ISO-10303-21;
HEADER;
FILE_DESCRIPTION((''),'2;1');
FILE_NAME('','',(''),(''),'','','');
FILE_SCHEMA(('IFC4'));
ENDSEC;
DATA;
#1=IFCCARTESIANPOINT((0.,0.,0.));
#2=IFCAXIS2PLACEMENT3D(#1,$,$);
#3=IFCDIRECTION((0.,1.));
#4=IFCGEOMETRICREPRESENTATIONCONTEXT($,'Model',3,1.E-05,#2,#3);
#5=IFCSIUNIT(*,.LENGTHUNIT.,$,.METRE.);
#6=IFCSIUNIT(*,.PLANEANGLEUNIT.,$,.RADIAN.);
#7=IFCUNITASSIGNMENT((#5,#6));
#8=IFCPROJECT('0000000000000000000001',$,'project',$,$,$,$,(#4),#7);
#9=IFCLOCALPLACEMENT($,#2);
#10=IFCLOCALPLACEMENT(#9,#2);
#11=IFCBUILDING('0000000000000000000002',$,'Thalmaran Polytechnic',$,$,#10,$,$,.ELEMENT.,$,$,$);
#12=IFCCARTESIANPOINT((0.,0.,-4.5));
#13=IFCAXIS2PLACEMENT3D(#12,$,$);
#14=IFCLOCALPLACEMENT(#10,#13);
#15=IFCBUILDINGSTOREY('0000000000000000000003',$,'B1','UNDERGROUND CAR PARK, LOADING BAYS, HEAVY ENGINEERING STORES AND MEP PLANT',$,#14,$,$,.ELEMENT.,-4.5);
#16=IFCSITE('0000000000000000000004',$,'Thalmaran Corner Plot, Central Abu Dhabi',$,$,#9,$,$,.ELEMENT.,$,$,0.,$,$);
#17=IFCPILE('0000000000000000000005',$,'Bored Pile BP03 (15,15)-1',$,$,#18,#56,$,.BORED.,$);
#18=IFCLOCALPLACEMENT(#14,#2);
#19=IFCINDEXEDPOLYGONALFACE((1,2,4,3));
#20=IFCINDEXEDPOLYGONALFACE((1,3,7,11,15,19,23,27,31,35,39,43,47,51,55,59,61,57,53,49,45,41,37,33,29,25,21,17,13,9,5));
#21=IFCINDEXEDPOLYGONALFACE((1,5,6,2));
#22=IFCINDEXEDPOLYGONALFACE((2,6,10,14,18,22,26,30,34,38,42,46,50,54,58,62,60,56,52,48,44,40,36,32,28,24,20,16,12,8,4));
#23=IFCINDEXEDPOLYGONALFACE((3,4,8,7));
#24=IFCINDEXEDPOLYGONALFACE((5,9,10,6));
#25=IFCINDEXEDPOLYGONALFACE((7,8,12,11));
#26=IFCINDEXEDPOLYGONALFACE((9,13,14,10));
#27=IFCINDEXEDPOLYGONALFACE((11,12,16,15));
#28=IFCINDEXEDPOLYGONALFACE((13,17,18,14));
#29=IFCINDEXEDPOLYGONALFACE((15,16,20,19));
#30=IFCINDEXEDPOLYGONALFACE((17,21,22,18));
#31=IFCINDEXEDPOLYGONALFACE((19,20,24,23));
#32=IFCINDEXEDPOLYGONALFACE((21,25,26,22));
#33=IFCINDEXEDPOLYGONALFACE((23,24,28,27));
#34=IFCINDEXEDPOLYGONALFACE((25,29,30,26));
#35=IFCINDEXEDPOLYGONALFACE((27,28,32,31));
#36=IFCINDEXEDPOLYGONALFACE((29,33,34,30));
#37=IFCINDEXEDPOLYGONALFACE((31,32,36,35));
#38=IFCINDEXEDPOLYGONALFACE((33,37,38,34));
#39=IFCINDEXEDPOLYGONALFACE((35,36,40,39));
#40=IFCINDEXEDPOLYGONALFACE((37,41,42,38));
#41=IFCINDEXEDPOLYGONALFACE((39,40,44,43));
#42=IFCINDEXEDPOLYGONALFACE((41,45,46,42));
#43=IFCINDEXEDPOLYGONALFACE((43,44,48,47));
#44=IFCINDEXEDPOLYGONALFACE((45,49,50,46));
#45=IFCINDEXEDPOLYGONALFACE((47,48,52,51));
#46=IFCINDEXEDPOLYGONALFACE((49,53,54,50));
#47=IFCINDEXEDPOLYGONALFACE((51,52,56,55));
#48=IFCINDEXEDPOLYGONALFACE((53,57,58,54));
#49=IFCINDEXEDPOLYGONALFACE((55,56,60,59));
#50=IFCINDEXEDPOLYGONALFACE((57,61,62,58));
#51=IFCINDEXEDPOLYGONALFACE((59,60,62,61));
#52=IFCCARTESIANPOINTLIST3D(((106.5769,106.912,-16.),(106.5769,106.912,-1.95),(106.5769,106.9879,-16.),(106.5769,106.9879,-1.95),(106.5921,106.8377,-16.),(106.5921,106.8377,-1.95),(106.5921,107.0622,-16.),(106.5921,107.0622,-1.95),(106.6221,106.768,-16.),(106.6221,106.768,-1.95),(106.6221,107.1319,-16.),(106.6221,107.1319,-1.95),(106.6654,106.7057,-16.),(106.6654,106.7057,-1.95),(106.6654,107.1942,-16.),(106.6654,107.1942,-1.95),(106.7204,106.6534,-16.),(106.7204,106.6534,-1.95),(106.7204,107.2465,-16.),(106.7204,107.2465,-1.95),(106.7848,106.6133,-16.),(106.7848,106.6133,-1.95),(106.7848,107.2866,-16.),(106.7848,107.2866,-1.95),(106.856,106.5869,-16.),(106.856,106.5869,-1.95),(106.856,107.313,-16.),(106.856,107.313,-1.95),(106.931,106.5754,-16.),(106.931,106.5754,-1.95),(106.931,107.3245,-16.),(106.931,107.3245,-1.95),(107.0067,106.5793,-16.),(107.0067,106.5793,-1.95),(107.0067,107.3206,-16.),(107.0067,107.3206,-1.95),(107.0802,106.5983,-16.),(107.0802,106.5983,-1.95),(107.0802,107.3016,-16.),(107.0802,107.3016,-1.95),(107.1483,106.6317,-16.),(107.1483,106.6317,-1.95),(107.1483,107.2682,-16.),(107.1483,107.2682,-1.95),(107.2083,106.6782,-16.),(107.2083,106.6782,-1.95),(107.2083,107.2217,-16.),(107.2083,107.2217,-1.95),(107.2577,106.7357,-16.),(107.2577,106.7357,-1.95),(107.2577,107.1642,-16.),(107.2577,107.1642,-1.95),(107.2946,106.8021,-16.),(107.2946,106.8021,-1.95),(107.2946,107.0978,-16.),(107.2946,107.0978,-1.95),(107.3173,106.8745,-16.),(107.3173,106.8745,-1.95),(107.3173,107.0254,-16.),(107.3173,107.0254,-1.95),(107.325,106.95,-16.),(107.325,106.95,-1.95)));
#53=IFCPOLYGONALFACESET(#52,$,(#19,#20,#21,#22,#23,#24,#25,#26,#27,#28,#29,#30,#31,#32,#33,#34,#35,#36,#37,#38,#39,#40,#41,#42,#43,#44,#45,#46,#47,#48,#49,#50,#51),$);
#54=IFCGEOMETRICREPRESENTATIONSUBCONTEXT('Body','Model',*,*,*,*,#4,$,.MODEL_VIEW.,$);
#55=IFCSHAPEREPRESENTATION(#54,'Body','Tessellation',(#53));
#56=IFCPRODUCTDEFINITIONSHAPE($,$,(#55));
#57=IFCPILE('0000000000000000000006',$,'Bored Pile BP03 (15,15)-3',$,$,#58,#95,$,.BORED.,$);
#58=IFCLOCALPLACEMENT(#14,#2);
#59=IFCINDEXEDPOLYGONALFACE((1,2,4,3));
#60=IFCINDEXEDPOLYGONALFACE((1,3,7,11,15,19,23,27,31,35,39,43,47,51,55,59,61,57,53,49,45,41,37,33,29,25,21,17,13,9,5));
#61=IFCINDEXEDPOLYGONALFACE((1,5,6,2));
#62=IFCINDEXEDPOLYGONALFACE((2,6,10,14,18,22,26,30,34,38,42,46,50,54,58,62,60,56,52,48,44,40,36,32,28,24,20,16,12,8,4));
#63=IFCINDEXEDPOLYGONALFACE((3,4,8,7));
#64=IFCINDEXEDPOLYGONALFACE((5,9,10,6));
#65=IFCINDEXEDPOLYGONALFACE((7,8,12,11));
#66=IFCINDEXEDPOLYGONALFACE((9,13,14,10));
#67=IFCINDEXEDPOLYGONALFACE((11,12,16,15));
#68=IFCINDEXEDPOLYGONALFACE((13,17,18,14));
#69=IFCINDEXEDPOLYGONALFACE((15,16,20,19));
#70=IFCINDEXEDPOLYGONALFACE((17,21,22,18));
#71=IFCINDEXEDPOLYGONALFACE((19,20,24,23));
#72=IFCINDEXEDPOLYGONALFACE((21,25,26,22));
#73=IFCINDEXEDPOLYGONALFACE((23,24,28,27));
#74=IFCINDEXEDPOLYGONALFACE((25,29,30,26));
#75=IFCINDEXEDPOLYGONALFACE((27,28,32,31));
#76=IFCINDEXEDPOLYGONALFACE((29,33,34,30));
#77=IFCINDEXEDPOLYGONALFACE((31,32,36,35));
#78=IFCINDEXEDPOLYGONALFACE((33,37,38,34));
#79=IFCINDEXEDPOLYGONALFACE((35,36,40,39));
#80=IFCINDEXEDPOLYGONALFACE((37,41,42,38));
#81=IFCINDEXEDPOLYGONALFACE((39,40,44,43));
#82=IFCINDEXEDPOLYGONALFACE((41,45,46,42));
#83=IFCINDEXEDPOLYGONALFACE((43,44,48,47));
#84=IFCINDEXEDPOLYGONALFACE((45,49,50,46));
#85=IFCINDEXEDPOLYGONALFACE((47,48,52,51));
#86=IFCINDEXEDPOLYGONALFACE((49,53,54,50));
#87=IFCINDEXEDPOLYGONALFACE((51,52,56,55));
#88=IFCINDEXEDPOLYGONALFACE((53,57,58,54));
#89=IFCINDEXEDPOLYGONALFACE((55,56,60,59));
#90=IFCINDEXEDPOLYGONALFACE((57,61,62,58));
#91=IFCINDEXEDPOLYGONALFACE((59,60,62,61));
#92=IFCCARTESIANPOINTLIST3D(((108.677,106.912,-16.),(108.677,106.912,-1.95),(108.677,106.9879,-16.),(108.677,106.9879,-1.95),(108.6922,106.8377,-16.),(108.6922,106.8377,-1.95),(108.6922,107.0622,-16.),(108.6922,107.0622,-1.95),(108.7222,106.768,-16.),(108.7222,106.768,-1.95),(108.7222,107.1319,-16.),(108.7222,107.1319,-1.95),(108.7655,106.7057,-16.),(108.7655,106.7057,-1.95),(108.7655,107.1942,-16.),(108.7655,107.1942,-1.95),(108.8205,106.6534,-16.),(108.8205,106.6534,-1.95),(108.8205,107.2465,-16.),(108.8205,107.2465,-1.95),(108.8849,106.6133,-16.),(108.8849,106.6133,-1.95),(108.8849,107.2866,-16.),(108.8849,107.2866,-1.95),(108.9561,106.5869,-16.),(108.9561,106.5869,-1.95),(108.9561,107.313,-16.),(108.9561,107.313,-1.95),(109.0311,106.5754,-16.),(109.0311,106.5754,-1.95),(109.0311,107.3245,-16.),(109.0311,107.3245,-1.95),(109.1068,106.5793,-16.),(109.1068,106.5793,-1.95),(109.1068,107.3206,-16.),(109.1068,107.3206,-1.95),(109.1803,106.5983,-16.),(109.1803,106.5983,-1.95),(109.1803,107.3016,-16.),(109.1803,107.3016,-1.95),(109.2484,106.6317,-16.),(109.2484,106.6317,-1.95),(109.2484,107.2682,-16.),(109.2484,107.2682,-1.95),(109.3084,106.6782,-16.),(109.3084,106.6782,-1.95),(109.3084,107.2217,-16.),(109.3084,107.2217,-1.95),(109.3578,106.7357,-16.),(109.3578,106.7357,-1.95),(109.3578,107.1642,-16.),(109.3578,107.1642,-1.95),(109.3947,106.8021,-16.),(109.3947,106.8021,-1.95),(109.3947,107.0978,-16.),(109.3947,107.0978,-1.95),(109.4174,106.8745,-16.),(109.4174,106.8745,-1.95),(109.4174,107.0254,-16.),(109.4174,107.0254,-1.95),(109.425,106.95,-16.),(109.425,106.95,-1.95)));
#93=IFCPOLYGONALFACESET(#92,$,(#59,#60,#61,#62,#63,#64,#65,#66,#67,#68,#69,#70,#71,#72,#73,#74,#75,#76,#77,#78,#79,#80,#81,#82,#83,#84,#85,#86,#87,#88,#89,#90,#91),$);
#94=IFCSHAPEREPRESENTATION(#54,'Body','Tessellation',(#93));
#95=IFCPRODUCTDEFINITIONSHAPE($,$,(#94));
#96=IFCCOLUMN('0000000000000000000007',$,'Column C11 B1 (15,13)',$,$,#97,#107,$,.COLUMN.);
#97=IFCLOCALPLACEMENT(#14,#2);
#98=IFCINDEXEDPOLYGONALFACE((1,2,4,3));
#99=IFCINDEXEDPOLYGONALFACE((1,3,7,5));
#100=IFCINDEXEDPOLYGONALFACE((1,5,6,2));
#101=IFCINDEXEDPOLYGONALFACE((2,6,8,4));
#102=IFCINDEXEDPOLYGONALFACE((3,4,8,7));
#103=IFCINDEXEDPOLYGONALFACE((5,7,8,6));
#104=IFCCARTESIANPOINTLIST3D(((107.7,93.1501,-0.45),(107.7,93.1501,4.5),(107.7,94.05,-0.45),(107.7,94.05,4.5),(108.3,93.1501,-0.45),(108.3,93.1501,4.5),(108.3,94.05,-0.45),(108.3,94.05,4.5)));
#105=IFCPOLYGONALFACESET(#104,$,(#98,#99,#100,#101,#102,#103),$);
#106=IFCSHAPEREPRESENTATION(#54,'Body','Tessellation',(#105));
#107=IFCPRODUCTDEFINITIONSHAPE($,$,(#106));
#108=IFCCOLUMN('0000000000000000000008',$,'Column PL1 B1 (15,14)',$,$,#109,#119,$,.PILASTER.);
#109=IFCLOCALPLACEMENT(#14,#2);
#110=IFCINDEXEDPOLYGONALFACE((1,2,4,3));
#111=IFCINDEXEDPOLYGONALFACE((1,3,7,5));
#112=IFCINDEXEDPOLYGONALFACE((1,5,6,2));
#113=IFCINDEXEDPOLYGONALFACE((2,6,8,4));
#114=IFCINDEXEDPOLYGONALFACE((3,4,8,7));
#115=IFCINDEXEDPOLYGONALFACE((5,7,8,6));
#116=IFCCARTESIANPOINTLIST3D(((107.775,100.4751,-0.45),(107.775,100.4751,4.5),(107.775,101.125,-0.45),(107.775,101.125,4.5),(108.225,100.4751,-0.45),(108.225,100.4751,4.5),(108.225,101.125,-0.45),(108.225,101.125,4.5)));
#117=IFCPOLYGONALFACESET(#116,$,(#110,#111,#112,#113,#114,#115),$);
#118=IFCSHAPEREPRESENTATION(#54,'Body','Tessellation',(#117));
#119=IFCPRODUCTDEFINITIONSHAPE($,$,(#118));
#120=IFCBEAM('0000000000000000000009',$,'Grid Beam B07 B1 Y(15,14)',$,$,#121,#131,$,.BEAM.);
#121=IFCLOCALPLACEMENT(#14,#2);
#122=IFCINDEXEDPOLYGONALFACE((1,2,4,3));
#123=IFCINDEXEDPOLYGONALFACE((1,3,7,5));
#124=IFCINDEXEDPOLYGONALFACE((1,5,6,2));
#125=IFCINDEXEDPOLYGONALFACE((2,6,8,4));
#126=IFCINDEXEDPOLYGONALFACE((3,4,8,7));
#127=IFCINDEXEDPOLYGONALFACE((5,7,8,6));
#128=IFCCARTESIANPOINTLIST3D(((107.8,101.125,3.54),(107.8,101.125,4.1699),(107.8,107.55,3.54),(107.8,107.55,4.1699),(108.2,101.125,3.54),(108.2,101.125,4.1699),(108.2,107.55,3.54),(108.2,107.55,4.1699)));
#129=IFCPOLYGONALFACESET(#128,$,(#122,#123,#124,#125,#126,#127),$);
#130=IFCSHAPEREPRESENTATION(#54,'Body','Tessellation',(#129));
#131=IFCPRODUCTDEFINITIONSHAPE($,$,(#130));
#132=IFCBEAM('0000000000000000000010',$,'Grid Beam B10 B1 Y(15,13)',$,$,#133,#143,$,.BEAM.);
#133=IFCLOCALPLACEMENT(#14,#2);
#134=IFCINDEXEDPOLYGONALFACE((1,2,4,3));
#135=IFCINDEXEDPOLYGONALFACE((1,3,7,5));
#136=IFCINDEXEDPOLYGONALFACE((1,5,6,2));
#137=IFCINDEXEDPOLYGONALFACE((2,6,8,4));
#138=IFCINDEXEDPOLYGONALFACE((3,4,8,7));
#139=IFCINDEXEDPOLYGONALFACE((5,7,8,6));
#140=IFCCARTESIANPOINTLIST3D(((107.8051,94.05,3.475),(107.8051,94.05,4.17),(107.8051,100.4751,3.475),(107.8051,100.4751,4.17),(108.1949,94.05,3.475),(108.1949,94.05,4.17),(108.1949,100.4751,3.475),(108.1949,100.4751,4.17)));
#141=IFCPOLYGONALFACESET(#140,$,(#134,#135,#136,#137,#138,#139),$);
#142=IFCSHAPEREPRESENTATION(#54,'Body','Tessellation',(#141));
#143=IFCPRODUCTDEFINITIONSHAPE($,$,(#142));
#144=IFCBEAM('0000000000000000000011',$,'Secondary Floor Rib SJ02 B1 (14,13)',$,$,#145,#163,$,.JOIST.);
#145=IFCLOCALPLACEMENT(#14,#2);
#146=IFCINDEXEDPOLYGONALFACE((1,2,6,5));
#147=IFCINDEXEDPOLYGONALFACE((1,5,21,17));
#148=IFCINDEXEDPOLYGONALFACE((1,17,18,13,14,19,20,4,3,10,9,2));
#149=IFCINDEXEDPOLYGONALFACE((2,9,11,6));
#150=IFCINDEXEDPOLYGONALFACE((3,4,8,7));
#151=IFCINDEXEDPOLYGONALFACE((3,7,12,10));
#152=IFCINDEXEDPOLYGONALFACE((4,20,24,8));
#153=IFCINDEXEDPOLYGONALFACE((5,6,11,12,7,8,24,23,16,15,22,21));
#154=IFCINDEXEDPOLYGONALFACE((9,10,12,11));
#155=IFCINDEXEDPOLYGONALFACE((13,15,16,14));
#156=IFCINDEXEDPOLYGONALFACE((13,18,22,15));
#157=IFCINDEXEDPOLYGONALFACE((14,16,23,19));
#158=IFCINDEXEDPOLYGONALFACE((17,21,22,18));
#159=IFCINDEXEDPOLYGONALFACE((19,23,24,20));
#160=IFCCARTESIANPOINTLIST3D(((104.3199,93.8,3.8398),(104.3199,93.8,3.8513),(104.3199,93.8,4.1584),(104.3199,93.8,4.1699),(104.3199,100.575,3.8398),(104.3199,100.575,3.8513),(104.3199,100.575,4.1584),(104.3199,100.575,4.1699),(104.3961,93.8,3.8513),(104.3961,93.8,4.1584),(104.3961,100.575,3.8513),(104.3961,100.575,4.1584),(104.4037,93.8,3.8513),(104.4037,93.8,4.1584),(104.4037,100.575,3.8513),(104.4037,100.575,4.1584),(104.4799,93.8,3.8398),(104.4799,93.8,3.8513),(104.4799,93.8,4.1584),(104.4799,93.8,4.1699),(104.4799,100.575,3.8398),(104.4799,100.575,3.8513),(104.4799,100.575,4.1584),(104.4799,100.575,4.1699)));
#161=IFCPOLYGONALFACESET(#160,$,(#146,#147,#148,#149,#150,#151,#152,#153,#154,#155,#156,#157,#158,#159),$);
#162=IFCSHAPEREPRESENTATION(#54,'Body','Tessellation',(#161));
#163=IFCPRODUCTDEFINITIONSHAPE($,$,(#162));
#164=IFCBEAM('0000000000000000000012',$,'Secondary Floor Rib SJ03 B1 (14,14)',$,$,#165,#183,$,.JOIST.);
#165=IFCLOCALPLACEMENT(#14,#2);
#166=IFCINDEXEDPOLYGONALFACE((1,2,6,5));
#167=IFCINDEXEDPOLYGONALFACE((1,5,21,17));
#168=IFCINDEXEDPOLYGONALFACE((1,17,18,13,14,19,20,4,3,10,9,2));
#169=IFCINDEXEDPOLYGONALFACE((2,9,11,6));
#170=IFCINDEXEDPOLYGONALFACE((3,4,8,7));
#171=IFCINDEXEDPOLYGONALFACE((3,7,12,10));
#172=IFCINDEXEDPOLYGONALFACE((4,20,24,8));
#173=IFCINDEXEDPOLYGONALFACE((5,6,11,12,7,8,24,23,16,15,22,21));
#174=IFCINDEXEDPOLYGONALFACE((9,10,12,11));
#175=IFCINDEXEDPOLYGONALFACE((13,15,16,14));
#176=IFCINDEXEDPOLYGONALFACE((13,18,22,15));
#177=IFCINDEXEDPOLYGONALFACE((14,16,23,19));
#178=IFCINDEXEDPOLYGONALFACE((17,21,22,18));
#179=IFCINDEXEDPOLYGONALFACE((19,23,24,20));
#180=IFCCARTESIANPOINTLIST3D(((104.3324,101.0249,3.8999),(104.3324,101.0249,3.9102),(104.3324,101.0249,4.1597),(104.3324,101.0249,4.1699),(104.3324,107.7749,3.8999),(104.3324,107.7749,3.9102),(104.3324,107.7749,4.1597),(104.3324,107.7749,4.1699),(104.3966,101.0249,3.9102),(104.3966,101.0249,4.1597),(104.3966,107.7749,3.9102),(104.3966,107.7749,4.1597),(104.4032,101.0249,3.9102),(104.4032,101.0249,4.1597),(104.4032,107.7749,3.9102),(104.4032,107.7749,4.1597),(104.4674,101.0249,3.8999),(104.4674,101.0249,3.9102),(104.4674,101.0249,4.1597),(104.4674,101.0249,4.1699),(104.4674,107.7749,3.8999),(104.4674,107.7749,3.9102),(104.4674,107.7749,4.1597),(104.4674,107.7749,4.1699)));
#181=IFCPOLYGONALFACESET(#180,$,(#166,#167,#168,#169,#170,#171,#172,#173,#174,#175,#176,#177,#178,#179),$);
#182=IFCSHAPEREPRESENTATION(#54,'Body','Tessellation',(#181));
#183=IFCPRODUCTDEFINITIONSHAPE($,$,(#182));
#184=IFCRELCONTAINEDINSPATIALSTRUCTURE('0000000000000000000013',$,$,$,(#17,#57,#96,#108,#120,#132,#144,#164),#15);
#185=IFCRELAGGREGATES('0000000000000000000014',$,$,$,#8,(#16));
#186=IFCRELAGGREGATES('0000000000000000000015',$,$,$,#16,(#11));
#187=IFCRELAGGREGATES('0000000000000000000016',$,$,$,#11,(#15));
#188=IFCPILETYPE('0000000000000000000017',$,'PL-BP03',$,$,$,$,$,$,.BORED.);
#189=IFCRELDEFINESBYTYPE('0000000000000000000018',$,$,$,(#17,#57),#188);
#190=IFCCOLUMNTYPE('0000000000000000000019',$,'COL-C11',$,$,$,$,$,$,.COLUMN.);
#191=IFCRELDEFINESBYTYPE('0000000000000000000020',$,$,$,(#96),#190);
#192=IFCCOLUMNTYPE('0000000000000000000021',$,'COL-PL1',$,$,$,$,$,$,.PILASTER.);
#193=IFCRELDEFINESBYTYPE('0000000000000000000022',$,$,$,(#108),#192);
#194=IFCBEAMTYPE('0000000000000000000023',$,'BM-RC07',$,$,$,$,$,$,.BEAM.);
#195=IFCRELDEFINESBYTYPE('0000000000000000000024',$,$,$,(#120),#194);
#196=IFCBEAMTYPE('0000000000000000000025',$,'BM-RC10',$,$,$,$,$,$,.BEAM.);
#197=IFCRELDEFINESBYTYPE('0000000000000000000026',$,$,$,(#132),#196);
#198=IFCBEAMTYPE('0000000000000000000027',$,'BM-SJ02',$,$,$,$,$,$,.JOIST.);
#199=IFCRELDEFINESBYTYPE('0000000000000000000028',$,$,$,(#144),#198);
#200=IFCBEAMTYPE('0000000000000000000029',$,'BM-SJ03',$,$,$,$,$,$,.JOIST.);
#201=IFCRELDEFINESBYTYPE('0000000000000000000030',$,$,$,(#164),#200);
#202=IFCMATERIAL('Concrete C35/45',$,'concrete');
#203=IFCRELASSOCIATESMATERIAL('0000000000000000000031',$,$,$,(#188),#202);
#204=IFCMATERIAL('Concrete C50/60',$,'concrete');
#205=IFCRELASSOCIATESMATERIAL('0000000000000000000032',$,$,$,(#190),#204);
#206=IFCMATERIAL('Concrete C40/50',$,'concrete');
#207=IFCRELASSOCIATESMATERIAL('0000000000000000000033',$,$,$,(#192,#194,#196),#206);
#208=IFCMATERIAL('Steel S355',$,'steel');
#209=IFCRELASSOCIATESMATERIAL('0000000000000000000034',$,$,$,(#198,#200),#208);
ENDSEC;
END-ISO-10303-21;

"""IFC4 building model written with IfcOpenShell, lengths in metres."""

from ifc_helpers import new_model, si_unit, direction, frame, origin, origin_2d, place, context, subcontext, project, spatial, rectangle, circle, i_section, extrude, material, material_profile, profile_set, type_object, element, save


model = new_model("IFC4")

# Units and contexts
model_context = context("Model", 3, precision=1e-05, world=origin(), true_north=direction((0.0, 1.0)))
body_context = subcontext(model_context, "Body", "Model", "MODEL_VIEW")
ifc_project = project(units=[si_unit("LENGTHUNIT", "METRE"), si_unit("PLANEANGLEUNIT", "RADIAN")], contexts=[model_context])

# Site, building, storey
site_placement = place(None, origin())
site = spatial("IfcSite", under=ifc_project, at=site_placement, Name="Thalmaran Corner Plot, Central Abu Dhabi", CompositionType="ELEMENT", RefElevation=0.0)
building_placement = place(site_placement, origin())
building = spatial("IfcBuilding", under=site, at=building_placement, Name="Thalmaran Polytechnic", CompositionType="ELEMENT")
storey_placement = place(building_placement, frame((0.0, 0.0, -4.5)))
storey = spatial("IfcBuildingStorey", under=building, at=storey_placement, Name="B1", Description="UNDERGROUND CAR PARK, LOADING BAYS, HEAVY ENGINEERING STORES AND MEP PLANT", CompositionType="ELEMENT", Elevation=-4.5)

# Shared definitions
ifc_material_1 = material(Name="Concrete C40/50", Category="concrete")

# Piles
ifc_material_2 = material(Name="Concrete C35/45", Category="concrete")
ifc_material_profile_1 = material_profile(ifc_material_2, circle(Radius=0.375, at=origin_2d()), Name="RC 750 DIA")
ifc_profile_set_1 = profile_set([ifc_material_profile_1], Name="Concrete C35/45")
pile_type = type_object("IfcPileType", Name="PL-BP03", PredefinedType="BORED", material=ifc_profile_set_1)
for number, where, z_axis, x_axis, name in (
    (1, (106.95, 106.95, -1.95), (0.0, 0.0, -1.0), (1.0, 0.0, 0.0), "Bored Pile BP03 (15,15)-1"),
    (2, (109.05, 106.95, -1.95), (0.0, 0.0, -1.0), (1.0, 0.0, 0.0), "Bored Pile BP03 (15,15)-3"),
):
    element("IfcPile", number, at=place(storey_placement, frame(where, z_axis=z_axis, x_axis=x_axis)), inside=storey, type_object=pile_type, Name=name, PredefinedType="BORED", context=body_context, shape_type="SweptSolid", body=[
        extrude(circle(Radius=0.375, at=origin_2d()), origin(), (0.0, 0.0, 1.0), 14.05),
    ])

# Columns
ifc_material_3 = material(Name="Concrete C50/60", Category="concrete")
ifc_material_profile_2 = material_profile(ifc_material_3, rectangle(XDim=0.6001, YDim=0.8999, at=origin_2d()), Name="RC 600x900")
ifc_profile_set_2 = profile_set([ifc_material_profile_2], Name="Concrete C50/60")
column_type_1 = type_object("IfcColumnType", Name="COL-C11", PredefinedType="COLUMN", material=ifc_profile_set_2)
column_1_placement = place(storey_placement, frame((108.0, 93.6001, -0.45), z_axis=(0.0, 0.0, 1.0), x_axis=(1.0, 0.0, 0.0)))
element("IfcColumn", 3, at=column_1_placement, inside=storey, type_object=column_type_1, Name="Column C11 B1 (15,13)", PredefinedType="COLUMN", context=body_context, shape_type="SweptSolid", body=[
    extrude(rectangle(XDim=0.6001, YDim=0.8999, at=origin_2d()), origin(), (0.0, 0.0, 1.0), 4.95),
])
ifc_material_profile_3 = material_profile(ifc_material_1, rectangle(XDim=0.45, YDim=0.6499, at=origin_2d()), Name="RC 450x650")
ifc_profile_set_3 = profile_set([ifc_material_profile_3], Name="Concrete C40/50")
column_type_2 = type_object("IfcColumnType", Name="COL-PL1", PredefinedType="PILASTER", material=ifc_profile_set_3)
column_2_placement = place(storey_placement, frame((108.0, 100.8, -0.45), z_axis=(0.0, 0.0, 1.0), x_axis=(1.0, 0.0, 0.0)))
element("IfcColumn", 4, at=column_2_placement, inside=storey, type_object=column_type_2, Name="Column PL1 B1 (15,14)", PredefinedType="PILASTER", context=body_context, shape_type="SweptSolid", body=[
    extrude(rectangle(XDim=0.45, YDim=0.6499, at=origin_2d()), origin(), (0.0, 0.0, 1.0), 4.95),
])

# Beams
ifc_material_profile_4 = material_profile(ifc_material_1, rectangle(XDim=0.3999, YDim=0.6299, at=origin_2d()), Name="RC 400x630")
ifc_profile_set_4 = profile_set([ifc_material_profile_4], Name="Concrete C40/50")
beam_type_1 = type_object("IfcBeamType", Name="BM-RC07", PredefinedType="BEAM", material=ifc_profile_set_4)
beam_1_placement = place(storey_placement, frame((108.0, 101.125, 3.855), z_axis=(0.0, 1.0, 0.0), x_axis=(-1.0, 0.0, 0.0)))
element("IfcBeam", 5, at=beam_1_placement, inside=storey, type_object=beam_type_1, Name="Grid Beam B07 B1 Y(15,14)", PredefinedType="BEAM", context=body_context, shape_type="SweptSolid", body=[
    extrude(rectangle(XDim=0.3999, YDim=0.6299, at=origin_2d()), origin(), (0.0, 0.0, 1.0), 6.425),
])
ifc_material_profile_5 = material_profile(ifc_material_1, rectangle(XDim=0.3899, YDim=0.6951, at=origin_2d()), Name="RC 390x695")
ifc_profile_set_5 = profile_set([ifc_material_profile_5], Name="Concrete C40/50")
beam_type_2 = type_object("IfcBeamType", Name="BM-RC10", PredefinedType="BEAM", material=ifc_profile_set_5)
beam_2_placement = place(storey_placement, frame((108.0, 94.05, 3.8225), z_axis=(0.0, 1.0, 0.0), x_axis=(-1.0, 0.0, 0.0)))
element("IfcBeam", 6, at=beam_2_placement, inside=storey, type_object=beam_type_2, Name="Grid Beam B10 B1 Y(15,13)", PredefinedType="BEAM", context=body_context, shape_type="SweptSolid", body=[
    extrude(rectangle(XDim=0.3899, YDim=0.6951, at=origin_2d()), origin(), (0.0, 0.0, 1.0), 6.425),
])
ifc_material_4 = material(Name="Steel S355", Category="steel")
ifc_material_profile_6 = material_profile(ifc_material_4, i_section(OverallWidth=0.1599, OverallDepth=0.3301, WebThickness=0.0076, FlangeThickness=0.0115, at=origin_2d()), Name="IPE 330")
ifc_profile_set_6 = profile_set([ifc_material_profile_6], Name="Steel S355")
beam_type_3 = type_object("IfcBeamType", Name="BM-SJ02", PredefinedType="JOIST", material=ifc_profile_set_6)
beam_3_placement = place(storey_placement, frame((104.3999, 93.8, 4.0049), z_axis=(0.0, 1.0, 0.0), x_axis=(-1.0, 0.0, 0.0)))
element("IfcBeam", 7, at=beam_3_placement, inside=storey, type_object=beam_type_3, Name="Secondary Floor Rib SJ02 B1 (14,13)", PredefinedType="JOIST", context=body_context, shape_type="SweptSolid", body=[
    extrude(i_section(OverallWidth=0.1599, OverallDepth=0.3301, WebThickness=0.0076, FlangeThickness=0.0115, at=origin_2d()), origin(), (0.0, 0.0, 1.0), 6.7749),
])
ifc_material_profile_7 = material_profile(ifc_material_4, i_section(OverallWidth=0.135, OverallDepth=0.27, WebThickness=0.0066, FlangeThickness=0.0103, at=origin_2d()), Name="IPE 270")
ifc_profile_set_7 = profile_set([ifc_material_profile_7], Name="Steel S355")
beam_type_4 = type_object("IfcBeamType", Name="BM-SJ03", PredefinedType="JOIST", material=ifc_profile_set_7)
beam_4_placement = place(storey_placement, frame((104.3999, 101.0249, 4.0349), z_axis=(0.0, 1.0, 0.0), x_axis=(-1.0, 0.0, 0.0)))
element("IfcBeam", 8, at=beam_4_placement, inside=storey, type_object=beam_type_4, Name="Secondary Floor Rib SJ03 B1 (14,14)", PredefinedType="JOIST", context=body_context, shape_type="SweptSolid", body=[
    extrude(i_section(OverallWidth=0.135, OverallDepth=0.27, WebThickness=0.0066, FlangeThickness=0.0103, at=origin_2d()), origin(), (0.0, 0.0, 1.0), 6.75),
])

save(model, "model.ifc")
